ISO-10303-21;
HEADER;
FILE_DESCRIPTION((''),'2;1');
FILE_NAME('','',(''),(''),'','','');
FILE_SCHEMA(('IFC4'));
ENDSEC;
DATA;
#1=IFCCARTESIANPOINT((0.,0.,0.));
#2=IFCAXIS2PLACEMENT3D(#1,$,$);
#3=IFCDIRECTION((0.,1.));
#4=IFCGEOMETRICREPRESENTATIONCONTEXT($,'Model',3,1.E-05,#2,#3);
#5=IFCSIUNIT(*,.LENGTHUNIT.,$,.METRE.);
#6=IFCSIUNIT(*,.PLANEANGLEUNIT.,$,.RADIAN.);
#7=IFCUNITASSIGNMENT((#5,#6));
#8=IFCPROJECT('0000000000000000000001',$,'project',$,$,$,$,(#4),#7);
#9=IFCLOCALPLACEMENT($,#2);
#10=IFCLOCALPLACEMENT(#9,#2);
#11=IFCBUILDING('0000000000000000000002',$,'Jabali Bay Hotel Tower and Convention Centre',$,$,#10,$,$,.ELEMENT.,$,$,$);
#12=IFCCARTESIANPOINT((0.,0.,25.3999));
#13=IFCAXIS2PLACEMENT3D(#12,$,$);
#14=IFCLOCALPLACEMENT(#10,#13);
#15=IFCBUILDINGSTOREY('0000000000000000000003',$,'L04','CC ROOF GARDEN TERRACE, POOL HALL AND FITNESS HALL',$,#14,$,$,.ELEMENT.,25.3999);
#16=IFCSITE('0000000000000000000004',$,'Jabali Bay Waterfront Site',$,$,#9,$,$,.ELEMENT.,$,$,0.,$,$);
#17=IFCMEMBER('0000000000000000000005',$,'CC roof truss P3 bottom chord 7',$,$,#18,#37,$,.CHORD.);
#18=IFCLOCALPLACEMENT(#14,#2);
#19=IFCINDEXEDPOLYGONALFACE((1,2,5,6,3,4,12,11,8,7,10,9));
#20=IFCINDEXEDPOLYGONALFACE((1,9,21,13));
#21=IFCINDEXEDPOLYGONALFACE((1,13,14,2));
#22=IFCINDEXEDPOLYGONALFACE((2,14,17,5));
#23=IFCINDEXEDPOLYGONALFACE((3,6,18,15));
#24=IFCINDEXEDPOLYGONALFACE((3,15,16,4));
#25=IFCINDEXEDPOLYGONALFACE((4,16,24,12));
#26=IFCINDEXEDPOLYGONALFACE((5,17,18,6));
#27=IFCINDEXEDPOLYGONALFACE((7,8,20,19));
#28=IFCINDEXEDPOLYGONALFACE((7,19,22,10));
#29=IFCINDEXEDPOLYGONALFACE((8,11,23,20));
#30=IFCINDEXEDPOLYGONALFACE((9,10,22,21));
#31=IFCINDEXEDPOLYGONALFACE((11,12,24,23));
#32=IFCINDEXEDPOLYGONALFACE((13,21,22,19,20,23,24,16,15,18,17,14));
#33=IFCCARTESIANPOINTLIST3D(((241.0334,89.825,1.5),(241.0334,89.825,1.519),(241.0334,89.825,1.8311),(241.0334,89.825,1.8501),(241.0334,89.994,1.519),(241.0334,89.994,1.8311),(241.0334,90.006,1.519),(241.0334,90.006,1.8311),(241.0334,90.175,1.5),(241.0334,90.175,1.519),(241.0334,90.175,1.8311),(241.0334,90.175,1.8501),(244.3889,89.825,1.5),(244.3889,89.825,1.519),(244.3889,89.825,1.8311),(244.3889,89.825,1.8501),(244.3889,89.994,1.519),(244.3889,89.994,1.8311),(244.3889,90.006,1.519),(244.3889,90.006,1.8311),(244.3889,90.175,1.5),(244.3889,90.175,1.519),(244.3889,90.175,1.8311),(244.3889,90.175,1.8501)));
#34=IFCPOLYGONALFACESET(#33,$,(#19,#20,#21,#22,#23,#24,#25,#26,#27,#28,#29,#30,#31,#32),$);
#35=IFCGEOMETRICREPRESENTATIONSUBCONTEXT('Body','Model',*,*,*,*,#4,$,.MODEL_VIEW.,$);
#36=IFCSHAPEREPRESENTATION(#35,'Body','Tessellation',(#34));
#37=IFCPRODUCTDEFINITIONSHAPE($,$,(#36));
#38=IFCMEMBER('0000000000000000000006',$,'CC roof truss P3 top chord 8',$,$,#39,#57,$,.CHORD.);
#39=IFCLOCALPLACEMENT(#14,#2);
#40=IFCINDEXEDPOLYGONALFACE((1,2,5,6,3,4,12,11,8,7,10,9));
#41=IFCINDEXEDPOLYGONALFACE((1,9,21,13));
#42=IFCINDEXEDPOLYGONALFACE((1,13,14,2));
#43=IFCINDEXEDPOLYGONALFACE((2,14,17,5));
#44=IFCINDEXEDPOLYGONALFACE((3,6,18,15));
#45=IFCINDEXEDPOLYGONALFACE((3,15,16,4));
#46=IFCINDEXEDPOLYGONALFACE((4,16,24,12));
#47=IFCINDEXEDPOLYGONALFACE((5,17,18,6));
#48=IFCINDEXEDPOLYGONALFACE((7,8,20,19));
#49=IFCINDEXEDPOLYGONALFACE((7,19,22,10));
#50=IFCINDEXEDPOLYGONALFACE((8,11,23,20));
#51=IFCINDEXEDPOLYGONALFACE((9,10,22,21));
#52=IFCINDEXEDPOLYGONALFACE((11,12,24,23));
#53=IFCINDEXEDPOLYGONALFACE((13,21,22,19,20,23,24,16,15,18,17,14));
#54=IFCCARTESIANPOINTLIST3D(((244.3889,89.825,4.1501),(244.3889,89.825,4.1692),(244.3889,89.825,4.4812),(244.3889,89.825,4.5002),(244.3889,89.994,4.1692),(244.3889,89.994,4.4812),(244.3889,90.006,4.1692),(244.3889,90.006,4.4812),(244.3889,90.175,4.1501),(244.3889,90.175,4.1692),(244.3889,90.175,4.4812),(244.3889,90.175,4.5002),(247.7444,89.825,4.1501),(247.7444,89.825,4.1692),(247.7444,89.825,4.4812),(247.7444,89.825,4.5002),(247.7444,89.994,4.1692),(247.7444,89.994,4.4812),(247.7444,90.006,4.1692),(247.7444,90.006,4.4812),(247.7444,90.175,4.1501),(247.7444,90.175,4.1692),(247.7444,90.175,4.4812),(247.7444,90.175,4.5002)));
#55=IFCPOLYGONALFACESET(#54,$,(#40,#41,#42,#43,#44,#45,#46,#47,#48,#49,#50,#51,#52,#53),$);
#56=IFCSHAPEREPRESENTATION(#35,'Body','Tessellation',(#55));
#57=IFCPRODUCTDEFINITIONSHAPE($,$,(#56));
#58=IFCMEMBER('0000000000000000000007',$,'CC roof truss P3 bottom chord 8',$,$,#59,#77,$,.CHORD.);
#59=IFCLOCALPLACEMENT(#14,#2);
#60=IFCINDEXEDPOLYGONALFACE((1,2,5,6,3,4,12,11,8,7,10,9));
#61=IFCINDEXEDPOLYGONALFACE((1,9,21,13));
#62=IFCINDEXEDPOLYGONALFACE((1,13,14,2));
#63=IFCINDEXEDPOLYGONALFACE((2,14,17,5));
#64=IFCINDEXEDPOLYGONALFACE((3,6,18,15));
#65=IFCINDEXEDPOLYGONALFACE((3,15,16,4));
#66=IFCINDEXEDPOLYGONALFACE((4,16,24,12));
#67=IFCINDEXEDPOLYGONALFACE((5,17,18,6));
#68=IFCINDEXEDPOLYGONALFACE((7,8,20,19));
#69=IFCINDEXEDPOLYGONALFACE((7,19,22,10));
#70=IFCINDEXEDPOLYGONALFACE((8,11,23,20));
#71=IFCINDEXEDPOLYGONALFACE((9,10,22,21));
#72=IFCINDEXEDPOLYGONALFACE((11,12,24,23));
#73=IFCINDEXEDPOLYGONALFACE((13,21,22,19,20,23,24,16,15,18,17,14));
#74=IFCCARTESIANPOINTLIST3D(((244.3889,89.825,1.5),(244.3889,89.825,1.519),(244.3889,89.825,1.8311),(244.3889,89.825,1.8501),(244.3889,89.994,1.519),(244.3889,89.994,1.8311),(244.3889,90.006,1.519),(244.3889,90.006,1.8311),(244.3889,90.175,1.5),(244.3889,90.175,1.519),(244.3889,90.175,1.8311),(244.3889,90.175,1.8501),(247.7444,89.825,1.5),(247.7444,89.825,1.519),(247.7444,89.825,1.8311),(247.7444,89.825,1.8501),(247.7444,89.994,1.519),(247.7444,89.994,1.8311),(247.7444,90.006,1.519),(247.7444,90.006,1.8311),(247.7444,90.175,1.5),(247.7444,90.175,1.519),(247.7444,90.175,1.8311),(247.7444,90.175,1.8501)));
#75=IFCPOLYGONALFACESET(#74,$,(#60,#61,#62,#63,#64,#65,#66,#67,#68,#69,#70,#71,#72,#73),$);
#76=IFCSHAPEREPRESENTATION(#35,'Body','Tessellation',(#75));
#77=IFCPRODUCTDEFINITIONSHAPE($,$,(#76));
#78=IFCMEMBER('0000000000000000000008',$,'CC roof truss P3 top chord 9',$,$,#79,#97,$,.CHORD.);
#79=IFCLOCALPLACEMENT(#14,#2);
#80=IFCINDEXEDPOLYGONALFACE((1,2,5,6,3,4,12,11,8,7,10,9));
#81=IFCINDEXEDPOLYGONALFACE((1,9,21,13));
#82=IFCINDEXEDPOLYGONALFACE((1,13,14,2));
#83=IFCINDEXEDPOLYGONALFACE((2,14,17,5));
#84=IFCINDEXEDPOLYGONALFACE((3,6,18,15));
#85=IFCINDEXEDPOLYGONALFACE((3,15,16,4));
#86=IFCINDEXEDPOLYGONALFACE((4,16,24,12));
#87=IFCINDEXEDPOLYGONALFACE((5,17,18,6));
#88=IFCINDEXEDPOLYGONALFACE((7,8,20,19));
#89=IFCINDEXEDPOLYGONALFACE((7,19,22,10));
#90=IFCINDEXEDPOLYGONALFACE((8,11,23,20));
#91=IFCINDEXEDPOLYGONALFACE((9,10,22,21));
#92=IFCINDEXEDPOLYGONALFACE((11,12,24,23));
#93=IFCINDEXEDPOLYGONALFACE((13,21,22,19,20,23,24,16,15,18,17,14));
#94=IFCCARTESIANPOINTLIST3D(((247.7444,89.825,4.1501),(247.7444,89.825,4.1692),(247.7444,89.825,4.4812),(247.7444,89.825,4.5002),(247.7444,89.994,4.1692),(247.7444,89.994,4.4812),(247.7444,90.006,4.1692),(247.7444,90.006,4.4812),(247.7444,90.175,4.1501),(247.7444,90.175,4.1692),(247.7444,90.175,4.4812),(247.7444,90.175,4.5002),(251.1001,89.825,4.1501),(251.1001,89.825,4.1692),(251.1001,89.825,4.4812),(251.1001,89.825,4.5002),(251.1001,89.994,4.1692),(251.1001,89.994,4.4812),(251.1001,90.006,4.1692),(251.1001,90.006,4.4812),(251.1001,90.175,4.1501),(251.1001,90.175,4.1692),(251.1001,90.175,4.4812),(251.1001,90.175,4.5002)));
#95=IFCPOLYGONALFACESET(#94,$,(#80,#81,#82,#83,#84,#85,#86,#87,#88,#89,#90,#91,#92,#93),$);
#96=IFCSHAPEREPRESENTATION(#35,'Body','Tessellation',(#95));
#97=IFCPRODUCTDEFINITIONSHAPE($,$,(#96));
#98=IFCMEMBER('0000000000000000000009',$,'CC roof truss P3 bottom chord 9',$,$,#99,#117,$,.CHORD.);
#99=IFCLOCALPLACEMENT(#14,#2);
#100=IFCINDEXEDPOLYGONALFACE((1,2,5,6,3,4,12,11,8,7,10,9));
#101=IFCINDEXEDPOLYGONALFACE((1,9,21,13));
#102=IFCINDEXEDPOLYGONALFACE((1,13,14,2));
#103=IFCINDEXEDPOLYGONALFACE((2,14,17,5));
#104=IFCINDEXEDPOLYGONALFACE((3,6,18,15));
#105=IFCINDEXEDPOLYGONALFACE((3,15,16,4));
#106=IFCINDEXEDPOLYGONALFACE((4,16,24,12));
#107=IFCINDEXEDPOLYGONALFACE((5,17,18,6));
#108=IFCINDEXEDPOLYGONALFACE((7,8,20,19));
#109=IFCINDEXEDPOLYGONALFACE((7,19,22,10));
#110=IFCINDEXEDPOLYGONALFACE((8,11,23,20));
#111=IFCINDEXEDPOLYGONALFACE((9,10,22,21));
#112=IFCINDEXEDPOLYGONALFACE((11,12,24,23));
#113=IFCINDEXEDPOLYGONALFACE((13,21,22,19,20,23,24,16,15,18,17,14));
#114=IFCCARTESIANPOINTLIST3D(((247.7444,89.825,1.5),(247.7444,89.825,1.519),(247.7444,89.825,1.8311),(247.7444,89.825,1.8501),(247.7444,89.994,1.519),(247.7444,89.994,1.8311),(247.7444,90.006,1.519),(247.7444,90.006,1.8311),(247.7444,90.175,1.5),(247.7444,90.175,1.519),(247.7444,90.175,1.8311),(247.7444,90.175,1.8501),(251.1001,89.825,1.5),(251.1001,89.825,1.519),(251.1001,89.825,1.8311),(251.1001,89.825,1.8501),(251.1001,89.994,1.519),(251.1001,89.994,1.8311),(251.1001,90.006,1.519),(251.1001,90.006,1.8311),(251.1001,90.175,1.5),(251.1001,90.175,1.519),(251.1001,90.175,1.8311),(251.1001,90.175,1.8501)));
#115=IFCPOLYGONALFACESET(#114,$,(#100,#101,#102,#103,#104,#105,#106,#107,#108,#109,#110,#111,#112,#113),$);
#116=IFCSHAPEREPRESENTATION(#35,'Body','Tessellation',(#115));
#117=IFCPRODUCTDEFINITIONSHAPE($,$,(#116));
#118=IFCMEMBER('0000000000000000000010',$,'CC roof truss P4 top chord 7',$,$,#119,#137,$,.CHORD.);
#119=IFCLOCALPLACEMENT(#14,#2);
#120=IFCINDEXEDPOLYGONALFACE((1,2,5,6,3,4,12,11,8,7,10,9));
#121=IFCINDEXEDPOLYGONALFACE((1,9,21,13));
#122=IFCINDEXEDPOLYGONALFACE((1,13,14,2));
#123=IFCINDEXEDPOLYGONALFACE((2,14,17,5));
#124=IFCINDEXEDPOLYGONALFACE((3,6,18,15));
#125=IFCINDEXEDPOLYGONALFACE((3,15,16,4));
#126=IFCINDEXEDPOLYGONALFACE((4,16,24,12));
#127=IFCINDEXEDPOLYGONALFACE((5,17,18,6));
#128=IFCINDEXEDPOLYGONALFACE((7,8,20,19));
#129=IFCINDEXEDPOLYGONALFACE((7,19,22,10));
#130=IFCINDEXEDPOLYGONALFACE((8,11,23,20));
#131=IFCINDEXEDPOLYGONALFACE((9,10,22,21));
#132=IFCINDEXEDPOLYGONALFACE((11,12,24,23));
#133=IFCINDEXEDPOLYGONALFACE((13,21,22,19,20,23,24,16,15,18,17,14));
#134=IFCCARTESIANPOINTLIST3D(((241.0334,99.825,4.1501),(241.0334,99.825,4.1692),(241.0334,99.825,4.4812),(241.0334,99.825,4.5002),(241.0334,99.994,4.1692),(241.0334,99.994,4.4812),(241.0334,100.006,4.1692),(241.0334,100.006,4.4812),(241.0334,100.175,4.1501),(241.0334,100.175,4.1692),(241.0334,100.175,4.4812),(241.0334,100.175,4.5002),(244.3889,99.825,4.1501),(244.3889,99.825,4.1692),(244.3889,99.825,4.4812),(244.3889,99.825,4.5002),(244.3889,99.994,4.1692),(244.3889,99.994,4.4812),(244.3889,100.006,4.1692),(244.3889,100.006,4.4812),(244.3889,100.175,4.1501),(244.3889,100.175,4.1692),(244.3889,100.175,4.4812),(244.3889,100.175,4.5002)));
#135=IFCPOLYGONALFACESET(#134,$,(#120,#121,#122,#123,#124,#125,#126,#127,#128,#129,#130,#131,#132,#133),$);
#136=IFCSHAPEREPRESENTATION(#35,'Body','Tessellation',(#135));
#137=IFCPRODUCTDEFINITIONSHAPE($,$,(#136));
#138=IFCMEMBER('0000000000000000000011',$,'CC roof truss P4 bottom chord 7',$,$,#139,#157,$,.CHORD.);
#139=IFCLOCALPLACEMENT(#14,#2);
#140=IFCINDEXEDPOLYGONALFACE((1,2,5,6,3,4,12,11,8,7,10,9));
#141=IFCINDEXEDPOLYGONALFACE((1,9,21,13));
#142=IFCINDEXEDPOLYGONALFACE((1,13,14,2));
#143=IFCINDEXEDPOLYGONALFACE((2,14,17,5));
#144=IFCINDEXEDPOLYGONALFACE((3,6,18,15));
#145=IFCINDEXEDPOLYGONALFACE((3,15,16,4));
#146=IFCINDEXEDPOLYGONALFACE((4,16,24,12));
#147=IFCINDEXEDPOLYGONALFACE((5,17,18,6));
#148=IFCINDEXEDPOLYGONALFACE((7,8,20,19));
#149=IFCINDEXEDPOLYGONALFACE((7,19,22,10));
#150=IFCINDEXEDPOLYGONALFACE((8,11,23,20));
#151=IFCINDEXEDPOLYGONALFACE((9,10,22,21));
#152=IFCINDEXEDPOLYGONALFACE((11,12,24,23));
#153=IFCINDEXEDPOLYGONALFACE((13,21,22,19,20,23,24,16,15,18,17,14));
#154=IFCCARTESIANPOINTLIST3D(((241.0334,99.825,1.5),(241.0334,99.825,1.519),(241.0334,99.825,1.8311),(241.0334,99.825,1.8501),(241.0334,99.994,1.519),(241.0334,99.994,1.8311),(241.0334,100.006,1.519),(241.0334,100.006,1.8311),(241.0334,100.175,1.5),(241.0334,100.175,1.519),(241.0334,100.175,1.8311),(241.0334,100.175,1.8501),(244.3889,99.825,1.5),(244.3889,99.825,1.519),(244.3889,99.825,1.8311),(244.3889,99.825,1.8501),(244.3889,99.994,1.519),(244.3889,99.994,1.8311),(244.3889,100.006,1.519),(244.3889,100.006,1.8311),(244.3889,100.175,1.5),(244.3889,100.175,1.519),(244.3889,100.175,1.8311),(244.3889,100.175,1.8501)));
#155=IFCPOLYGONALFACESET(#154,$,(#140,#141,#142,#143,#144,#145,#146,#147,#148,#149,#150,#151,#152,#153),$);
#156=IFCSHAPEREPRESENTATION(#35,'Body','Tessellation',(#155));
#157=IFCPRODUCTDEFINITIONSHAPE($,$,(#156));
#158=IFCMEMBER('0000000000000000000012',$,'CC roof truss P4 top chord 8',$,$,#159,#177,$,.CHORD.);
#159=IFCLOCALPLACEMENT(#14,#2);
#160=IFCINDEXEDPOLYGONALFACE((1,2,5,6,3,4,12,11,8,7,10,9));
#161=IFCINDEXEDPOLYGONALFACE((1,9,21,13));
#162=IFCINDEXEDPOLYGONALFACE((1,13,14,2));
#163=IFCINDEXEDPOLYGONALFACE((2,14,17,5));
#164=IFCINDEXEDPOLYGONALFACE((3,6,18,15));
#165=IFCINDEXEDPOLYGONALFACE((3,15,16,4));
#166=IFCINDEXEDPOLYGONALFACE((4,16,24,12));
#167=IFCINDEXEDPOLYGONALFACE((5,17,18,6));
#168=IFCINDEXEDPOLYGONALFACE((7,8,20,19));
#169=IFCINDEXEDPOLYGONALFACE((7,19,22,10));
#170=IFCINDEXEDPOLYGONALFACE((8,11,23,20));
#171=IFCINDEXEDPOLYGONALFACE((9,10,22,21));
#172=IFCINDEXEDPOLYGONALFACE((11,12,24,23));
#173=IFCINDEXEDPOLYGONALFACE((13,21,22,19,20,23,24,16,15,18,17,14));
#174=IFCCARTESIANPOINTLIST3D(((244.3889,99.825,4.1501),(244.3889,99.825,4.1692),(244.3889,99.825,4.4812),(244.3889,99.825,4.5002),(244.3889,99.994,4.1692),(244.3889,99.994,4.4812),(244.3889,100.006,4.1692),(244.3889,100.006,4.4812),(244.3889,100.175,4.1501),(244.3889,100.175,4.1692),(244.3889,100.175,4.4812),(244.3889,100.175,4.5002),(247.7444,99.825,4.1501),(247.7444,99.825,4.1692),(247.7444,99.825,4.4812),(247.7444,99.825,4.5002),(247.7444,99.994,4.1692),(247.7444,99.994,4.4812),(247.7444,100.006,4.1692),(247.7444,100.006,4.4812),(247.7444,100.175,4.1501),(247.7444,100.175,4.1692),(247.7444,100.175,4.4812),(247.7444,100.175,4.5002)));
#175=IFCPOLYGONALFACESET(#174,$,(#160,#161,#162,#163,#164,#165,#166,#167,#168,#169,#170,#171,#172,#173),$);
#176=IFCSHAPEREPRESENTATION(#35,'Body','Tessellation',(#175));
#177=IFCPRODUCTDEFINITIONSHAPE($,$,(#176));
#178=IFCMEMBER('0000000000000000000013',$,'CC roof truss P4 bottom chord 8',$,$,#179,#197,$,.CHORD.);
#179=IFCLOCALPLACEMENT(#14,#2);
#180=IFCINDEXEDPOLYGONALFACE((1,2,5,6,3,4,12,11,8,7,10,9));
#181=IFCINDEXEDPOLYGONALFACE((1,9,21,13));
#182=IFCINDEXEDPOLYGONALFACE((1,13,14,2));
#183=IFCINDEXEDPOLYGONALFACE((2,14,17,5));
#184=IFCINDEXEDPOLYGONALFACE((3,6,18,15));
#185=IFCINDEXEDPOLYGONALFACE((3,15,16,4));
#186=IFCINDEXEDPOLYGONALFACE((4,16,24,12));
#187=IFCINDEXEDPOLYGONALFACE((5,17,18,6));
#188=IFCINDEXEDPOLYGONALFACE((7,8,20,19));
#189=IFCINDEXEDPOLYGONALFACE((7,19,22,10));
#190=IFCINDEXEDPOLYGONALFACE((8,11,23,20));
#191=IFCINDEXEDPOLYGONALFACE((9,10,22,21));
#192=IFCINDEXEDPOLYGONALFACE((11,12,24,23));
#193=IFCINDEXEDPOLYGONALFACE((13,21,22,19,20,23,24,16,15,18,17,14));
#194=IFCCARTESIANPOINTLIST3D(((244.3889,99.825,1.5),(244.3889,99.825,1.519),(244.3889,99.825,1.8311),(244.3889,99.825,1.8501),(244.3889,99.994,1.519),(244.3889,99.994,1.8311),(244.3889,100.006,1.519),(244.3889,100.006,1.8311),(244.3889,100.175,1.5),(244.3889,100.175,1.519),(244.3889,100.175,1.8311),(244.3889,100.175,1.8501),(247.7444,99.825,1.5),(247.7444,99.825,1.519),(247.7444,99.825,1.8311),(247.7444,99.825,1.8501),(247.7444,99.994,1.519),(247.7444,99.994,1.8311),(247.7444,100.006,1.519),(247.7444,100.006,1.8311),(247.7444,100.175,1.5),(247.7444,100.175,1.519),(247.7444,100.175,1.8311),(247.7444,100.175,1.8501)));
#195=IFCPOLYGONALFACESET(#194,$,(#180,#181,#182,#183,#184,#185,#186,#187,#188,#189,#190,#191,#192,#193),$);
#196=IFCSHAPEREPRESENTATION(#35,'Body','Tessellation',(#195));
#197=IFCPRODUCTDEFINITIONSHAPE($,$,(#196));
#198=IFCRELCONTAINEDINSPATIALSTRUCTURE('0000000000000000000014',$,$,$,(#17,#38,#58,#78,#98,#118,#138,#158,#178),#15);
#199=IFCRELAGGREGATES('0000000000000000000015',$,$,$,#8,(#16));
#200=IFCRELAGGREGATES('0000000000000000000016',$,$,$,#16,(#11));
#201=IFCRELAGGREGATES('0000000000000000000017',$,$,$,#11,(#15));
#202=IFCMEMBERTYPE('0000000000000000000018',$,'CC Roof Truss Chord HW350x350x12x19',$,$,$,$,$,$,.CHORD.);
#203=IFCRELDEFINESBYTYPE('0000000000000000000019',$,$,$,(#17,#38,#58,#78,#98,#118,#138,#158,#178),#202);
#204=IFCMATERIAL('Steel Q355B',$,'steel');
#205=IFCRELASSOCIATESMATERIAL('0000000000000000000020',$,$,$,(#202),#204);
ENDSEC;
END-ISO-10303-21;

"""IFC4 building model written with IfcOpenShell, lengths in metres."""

from ifc_helpers import new_model, si_unit, direction, frame, origin, origin_2d, place, context, subcontext, project, spatial, i_section, extrude, material, material_profile, profile_set, type_object, element, save


model = new_model("IFC4")

# Units and contexts
model_context = context("Model", 3, precision=1e-05, world=origin(), true_north=direction((0.0, 1.0)))
body_context = subcontext(model_context, "Body", "Model", "MODEL_VIEW")
ifc_project = project(units=[si_unit("LENGTHUNIT", "METRE"), si_unit("PLANEANGLEUNIT", "RADIAN")], contexts=[model_context])

# Site, building, storey
site_placement = place(None, origin())
site = spatial("IfcSite", under=ifc_project, at=site_placement, Name="Jabali Bay Waterfront Site", CompositionType="ELEMENT", RefElevation=0.0)
building_placement = place(site_placement, origin())
building = spatial("IfcBuilding", under=site, at=building_placement, Name="Jabali Bay Hotel Tower and Convention Centre", CompositionType="ELEMENT")
storey_placement = place(building_placement, frame((0.0, 0.0, 25.3999)))
storey = spatial("IfcBuildingStorey", under=building, at=storey_placement, Name="L04", Description="CC ROOF GARDEN TERRACE, POOL HALL AND FITNESS HALL", CompositionType="ELEMENT", Elevation=25.3999)

# Members
ifc_material = material(Name="Steel Q355B", Category="steel")
ifc_material_profile_1 = material_profile(ifc_material, i_section(OverallWidth=0.3501, OverallDepth=0.3501, WebThickness=0.012, FlangeThickness=0.019, at=origin_2d()), Name="HW350x350x12x19")
ifc_profile_set_1 = profile_set([ifc_material_profile_1], Name="Steel Q355B")
member_type_1 = type_object("IfcMemberType", Name="CC Roof Truss Chord HW350x350x12x19", PredefinedType="CHORD", material=ifc_profile_set_1)
for number, where, z_axis, x_axis, name in (
    (1, (241.0334, 90.0, 1.675), (1.0, 0.0, 0.0), (0.0, 1.0, 0.0), "CC roof truss P3 bottom chord 7"),
    (2, (244.3889, 90.0, 4.3252), (1.0, 0.0, 0.0), (0.0, 1.0, 0.0), "CC roof truss P3 top chord 8"),
    (3, (244.3889, 90.0, 1.675), (1.0, 0.0, 0.0), (0.0, 1.0, 0.0), "CC roof truss P3 bottom chord 8"),
):
    element("IfcMember", number, at=place(storey_placement, frame(where, z_axis=z_axis, x_axis=x_axis)), inside=storey, type_object=member_type_1, Name=name, PredefinedType="CHORD", context=body_context, shape_type="SweptSolid", body=[
        extrude(i_section(OverallWidth=0.3501, OverallDepth=0.3501, WebThickness=0.012, FlangeThickness=0.019, at=origin_2d()), origin(), (0.0, 0.0, 1.0), 3.3555),
    ])
for number, where, z_axis, x_axis, name in (
    (4, (247.7444, 90.0, 4.3252), (1.0, 0.0, 0.0), (0.0, 1.0, 0.0), "CC roof truss P3 top chord 9"),
    (5, (247.7444, 90.0, 1.675), (1.0, 0.0, 0.0), (0.0, 1.0, 0.0), "CC roof truss P3 bottom chord 9"),
):
    element("IfcMember", number, at=place(storey_placement, frame(where, z_axis=z_axis, x_axis=x_axis)), inside=storey, type_object=member_type_1, Name=name, PredefinedType="CHORD", context=body_context, shape_type="SweptSolid", body=[
        extrude(i_section(OverallWidth=0.3501, OverallDepth=0.3501, WebThickness=0.012, FlangeThickness=0.019, at=origin_2d()), origin(), (0.0, 0.0, 1.0), 3.3557),
    ])
for number, where, z_axis, x_axis, name in (
    (6, (241.0334, 100.0, 4.3252), (1.0, 0.0, 0.0), (0.0, 1.0, 0.0), "CC roof truss P4 top chord 7"),
    (7, (241.0334, 100.0, 1.675), (1.0, 0.0, 0.0), (0.0, 1.0, 0.0), "CC roof truss P4 bottom chord 7"),
    (8, (244.3889, 100.0, 4.3252), (1.0, 0.0, 0.0), (0.0, 1.0, 0.0), "CC roof truss P4 top chord 8"),
    (9, (244.3889, 100.0, 1.675), (1.0, 0.0, 0.0), (0.0, 1.0, 0.0), "CC roof truss P4 bottom chord 8"),
):
    element("IfcMember", number, at=place(storey_placement, frame(where, z_axis=z_axis, x_axis=x_axis)), inside=storey, type_object=member_type_1, Name=name, PredefinedType="CHORD", context=body_context, shape_type="SweptSolid", body=[
        extrude(i_section(OverallWidth=0.3501, OverallDepth=0.3501, WebThickness=0.012, FlangeThickness=0.019, at=origin_2d()), origin(), (0.0, 0.0, 1.0), 3.3555),
    ])

save(model, "model.ifc")
